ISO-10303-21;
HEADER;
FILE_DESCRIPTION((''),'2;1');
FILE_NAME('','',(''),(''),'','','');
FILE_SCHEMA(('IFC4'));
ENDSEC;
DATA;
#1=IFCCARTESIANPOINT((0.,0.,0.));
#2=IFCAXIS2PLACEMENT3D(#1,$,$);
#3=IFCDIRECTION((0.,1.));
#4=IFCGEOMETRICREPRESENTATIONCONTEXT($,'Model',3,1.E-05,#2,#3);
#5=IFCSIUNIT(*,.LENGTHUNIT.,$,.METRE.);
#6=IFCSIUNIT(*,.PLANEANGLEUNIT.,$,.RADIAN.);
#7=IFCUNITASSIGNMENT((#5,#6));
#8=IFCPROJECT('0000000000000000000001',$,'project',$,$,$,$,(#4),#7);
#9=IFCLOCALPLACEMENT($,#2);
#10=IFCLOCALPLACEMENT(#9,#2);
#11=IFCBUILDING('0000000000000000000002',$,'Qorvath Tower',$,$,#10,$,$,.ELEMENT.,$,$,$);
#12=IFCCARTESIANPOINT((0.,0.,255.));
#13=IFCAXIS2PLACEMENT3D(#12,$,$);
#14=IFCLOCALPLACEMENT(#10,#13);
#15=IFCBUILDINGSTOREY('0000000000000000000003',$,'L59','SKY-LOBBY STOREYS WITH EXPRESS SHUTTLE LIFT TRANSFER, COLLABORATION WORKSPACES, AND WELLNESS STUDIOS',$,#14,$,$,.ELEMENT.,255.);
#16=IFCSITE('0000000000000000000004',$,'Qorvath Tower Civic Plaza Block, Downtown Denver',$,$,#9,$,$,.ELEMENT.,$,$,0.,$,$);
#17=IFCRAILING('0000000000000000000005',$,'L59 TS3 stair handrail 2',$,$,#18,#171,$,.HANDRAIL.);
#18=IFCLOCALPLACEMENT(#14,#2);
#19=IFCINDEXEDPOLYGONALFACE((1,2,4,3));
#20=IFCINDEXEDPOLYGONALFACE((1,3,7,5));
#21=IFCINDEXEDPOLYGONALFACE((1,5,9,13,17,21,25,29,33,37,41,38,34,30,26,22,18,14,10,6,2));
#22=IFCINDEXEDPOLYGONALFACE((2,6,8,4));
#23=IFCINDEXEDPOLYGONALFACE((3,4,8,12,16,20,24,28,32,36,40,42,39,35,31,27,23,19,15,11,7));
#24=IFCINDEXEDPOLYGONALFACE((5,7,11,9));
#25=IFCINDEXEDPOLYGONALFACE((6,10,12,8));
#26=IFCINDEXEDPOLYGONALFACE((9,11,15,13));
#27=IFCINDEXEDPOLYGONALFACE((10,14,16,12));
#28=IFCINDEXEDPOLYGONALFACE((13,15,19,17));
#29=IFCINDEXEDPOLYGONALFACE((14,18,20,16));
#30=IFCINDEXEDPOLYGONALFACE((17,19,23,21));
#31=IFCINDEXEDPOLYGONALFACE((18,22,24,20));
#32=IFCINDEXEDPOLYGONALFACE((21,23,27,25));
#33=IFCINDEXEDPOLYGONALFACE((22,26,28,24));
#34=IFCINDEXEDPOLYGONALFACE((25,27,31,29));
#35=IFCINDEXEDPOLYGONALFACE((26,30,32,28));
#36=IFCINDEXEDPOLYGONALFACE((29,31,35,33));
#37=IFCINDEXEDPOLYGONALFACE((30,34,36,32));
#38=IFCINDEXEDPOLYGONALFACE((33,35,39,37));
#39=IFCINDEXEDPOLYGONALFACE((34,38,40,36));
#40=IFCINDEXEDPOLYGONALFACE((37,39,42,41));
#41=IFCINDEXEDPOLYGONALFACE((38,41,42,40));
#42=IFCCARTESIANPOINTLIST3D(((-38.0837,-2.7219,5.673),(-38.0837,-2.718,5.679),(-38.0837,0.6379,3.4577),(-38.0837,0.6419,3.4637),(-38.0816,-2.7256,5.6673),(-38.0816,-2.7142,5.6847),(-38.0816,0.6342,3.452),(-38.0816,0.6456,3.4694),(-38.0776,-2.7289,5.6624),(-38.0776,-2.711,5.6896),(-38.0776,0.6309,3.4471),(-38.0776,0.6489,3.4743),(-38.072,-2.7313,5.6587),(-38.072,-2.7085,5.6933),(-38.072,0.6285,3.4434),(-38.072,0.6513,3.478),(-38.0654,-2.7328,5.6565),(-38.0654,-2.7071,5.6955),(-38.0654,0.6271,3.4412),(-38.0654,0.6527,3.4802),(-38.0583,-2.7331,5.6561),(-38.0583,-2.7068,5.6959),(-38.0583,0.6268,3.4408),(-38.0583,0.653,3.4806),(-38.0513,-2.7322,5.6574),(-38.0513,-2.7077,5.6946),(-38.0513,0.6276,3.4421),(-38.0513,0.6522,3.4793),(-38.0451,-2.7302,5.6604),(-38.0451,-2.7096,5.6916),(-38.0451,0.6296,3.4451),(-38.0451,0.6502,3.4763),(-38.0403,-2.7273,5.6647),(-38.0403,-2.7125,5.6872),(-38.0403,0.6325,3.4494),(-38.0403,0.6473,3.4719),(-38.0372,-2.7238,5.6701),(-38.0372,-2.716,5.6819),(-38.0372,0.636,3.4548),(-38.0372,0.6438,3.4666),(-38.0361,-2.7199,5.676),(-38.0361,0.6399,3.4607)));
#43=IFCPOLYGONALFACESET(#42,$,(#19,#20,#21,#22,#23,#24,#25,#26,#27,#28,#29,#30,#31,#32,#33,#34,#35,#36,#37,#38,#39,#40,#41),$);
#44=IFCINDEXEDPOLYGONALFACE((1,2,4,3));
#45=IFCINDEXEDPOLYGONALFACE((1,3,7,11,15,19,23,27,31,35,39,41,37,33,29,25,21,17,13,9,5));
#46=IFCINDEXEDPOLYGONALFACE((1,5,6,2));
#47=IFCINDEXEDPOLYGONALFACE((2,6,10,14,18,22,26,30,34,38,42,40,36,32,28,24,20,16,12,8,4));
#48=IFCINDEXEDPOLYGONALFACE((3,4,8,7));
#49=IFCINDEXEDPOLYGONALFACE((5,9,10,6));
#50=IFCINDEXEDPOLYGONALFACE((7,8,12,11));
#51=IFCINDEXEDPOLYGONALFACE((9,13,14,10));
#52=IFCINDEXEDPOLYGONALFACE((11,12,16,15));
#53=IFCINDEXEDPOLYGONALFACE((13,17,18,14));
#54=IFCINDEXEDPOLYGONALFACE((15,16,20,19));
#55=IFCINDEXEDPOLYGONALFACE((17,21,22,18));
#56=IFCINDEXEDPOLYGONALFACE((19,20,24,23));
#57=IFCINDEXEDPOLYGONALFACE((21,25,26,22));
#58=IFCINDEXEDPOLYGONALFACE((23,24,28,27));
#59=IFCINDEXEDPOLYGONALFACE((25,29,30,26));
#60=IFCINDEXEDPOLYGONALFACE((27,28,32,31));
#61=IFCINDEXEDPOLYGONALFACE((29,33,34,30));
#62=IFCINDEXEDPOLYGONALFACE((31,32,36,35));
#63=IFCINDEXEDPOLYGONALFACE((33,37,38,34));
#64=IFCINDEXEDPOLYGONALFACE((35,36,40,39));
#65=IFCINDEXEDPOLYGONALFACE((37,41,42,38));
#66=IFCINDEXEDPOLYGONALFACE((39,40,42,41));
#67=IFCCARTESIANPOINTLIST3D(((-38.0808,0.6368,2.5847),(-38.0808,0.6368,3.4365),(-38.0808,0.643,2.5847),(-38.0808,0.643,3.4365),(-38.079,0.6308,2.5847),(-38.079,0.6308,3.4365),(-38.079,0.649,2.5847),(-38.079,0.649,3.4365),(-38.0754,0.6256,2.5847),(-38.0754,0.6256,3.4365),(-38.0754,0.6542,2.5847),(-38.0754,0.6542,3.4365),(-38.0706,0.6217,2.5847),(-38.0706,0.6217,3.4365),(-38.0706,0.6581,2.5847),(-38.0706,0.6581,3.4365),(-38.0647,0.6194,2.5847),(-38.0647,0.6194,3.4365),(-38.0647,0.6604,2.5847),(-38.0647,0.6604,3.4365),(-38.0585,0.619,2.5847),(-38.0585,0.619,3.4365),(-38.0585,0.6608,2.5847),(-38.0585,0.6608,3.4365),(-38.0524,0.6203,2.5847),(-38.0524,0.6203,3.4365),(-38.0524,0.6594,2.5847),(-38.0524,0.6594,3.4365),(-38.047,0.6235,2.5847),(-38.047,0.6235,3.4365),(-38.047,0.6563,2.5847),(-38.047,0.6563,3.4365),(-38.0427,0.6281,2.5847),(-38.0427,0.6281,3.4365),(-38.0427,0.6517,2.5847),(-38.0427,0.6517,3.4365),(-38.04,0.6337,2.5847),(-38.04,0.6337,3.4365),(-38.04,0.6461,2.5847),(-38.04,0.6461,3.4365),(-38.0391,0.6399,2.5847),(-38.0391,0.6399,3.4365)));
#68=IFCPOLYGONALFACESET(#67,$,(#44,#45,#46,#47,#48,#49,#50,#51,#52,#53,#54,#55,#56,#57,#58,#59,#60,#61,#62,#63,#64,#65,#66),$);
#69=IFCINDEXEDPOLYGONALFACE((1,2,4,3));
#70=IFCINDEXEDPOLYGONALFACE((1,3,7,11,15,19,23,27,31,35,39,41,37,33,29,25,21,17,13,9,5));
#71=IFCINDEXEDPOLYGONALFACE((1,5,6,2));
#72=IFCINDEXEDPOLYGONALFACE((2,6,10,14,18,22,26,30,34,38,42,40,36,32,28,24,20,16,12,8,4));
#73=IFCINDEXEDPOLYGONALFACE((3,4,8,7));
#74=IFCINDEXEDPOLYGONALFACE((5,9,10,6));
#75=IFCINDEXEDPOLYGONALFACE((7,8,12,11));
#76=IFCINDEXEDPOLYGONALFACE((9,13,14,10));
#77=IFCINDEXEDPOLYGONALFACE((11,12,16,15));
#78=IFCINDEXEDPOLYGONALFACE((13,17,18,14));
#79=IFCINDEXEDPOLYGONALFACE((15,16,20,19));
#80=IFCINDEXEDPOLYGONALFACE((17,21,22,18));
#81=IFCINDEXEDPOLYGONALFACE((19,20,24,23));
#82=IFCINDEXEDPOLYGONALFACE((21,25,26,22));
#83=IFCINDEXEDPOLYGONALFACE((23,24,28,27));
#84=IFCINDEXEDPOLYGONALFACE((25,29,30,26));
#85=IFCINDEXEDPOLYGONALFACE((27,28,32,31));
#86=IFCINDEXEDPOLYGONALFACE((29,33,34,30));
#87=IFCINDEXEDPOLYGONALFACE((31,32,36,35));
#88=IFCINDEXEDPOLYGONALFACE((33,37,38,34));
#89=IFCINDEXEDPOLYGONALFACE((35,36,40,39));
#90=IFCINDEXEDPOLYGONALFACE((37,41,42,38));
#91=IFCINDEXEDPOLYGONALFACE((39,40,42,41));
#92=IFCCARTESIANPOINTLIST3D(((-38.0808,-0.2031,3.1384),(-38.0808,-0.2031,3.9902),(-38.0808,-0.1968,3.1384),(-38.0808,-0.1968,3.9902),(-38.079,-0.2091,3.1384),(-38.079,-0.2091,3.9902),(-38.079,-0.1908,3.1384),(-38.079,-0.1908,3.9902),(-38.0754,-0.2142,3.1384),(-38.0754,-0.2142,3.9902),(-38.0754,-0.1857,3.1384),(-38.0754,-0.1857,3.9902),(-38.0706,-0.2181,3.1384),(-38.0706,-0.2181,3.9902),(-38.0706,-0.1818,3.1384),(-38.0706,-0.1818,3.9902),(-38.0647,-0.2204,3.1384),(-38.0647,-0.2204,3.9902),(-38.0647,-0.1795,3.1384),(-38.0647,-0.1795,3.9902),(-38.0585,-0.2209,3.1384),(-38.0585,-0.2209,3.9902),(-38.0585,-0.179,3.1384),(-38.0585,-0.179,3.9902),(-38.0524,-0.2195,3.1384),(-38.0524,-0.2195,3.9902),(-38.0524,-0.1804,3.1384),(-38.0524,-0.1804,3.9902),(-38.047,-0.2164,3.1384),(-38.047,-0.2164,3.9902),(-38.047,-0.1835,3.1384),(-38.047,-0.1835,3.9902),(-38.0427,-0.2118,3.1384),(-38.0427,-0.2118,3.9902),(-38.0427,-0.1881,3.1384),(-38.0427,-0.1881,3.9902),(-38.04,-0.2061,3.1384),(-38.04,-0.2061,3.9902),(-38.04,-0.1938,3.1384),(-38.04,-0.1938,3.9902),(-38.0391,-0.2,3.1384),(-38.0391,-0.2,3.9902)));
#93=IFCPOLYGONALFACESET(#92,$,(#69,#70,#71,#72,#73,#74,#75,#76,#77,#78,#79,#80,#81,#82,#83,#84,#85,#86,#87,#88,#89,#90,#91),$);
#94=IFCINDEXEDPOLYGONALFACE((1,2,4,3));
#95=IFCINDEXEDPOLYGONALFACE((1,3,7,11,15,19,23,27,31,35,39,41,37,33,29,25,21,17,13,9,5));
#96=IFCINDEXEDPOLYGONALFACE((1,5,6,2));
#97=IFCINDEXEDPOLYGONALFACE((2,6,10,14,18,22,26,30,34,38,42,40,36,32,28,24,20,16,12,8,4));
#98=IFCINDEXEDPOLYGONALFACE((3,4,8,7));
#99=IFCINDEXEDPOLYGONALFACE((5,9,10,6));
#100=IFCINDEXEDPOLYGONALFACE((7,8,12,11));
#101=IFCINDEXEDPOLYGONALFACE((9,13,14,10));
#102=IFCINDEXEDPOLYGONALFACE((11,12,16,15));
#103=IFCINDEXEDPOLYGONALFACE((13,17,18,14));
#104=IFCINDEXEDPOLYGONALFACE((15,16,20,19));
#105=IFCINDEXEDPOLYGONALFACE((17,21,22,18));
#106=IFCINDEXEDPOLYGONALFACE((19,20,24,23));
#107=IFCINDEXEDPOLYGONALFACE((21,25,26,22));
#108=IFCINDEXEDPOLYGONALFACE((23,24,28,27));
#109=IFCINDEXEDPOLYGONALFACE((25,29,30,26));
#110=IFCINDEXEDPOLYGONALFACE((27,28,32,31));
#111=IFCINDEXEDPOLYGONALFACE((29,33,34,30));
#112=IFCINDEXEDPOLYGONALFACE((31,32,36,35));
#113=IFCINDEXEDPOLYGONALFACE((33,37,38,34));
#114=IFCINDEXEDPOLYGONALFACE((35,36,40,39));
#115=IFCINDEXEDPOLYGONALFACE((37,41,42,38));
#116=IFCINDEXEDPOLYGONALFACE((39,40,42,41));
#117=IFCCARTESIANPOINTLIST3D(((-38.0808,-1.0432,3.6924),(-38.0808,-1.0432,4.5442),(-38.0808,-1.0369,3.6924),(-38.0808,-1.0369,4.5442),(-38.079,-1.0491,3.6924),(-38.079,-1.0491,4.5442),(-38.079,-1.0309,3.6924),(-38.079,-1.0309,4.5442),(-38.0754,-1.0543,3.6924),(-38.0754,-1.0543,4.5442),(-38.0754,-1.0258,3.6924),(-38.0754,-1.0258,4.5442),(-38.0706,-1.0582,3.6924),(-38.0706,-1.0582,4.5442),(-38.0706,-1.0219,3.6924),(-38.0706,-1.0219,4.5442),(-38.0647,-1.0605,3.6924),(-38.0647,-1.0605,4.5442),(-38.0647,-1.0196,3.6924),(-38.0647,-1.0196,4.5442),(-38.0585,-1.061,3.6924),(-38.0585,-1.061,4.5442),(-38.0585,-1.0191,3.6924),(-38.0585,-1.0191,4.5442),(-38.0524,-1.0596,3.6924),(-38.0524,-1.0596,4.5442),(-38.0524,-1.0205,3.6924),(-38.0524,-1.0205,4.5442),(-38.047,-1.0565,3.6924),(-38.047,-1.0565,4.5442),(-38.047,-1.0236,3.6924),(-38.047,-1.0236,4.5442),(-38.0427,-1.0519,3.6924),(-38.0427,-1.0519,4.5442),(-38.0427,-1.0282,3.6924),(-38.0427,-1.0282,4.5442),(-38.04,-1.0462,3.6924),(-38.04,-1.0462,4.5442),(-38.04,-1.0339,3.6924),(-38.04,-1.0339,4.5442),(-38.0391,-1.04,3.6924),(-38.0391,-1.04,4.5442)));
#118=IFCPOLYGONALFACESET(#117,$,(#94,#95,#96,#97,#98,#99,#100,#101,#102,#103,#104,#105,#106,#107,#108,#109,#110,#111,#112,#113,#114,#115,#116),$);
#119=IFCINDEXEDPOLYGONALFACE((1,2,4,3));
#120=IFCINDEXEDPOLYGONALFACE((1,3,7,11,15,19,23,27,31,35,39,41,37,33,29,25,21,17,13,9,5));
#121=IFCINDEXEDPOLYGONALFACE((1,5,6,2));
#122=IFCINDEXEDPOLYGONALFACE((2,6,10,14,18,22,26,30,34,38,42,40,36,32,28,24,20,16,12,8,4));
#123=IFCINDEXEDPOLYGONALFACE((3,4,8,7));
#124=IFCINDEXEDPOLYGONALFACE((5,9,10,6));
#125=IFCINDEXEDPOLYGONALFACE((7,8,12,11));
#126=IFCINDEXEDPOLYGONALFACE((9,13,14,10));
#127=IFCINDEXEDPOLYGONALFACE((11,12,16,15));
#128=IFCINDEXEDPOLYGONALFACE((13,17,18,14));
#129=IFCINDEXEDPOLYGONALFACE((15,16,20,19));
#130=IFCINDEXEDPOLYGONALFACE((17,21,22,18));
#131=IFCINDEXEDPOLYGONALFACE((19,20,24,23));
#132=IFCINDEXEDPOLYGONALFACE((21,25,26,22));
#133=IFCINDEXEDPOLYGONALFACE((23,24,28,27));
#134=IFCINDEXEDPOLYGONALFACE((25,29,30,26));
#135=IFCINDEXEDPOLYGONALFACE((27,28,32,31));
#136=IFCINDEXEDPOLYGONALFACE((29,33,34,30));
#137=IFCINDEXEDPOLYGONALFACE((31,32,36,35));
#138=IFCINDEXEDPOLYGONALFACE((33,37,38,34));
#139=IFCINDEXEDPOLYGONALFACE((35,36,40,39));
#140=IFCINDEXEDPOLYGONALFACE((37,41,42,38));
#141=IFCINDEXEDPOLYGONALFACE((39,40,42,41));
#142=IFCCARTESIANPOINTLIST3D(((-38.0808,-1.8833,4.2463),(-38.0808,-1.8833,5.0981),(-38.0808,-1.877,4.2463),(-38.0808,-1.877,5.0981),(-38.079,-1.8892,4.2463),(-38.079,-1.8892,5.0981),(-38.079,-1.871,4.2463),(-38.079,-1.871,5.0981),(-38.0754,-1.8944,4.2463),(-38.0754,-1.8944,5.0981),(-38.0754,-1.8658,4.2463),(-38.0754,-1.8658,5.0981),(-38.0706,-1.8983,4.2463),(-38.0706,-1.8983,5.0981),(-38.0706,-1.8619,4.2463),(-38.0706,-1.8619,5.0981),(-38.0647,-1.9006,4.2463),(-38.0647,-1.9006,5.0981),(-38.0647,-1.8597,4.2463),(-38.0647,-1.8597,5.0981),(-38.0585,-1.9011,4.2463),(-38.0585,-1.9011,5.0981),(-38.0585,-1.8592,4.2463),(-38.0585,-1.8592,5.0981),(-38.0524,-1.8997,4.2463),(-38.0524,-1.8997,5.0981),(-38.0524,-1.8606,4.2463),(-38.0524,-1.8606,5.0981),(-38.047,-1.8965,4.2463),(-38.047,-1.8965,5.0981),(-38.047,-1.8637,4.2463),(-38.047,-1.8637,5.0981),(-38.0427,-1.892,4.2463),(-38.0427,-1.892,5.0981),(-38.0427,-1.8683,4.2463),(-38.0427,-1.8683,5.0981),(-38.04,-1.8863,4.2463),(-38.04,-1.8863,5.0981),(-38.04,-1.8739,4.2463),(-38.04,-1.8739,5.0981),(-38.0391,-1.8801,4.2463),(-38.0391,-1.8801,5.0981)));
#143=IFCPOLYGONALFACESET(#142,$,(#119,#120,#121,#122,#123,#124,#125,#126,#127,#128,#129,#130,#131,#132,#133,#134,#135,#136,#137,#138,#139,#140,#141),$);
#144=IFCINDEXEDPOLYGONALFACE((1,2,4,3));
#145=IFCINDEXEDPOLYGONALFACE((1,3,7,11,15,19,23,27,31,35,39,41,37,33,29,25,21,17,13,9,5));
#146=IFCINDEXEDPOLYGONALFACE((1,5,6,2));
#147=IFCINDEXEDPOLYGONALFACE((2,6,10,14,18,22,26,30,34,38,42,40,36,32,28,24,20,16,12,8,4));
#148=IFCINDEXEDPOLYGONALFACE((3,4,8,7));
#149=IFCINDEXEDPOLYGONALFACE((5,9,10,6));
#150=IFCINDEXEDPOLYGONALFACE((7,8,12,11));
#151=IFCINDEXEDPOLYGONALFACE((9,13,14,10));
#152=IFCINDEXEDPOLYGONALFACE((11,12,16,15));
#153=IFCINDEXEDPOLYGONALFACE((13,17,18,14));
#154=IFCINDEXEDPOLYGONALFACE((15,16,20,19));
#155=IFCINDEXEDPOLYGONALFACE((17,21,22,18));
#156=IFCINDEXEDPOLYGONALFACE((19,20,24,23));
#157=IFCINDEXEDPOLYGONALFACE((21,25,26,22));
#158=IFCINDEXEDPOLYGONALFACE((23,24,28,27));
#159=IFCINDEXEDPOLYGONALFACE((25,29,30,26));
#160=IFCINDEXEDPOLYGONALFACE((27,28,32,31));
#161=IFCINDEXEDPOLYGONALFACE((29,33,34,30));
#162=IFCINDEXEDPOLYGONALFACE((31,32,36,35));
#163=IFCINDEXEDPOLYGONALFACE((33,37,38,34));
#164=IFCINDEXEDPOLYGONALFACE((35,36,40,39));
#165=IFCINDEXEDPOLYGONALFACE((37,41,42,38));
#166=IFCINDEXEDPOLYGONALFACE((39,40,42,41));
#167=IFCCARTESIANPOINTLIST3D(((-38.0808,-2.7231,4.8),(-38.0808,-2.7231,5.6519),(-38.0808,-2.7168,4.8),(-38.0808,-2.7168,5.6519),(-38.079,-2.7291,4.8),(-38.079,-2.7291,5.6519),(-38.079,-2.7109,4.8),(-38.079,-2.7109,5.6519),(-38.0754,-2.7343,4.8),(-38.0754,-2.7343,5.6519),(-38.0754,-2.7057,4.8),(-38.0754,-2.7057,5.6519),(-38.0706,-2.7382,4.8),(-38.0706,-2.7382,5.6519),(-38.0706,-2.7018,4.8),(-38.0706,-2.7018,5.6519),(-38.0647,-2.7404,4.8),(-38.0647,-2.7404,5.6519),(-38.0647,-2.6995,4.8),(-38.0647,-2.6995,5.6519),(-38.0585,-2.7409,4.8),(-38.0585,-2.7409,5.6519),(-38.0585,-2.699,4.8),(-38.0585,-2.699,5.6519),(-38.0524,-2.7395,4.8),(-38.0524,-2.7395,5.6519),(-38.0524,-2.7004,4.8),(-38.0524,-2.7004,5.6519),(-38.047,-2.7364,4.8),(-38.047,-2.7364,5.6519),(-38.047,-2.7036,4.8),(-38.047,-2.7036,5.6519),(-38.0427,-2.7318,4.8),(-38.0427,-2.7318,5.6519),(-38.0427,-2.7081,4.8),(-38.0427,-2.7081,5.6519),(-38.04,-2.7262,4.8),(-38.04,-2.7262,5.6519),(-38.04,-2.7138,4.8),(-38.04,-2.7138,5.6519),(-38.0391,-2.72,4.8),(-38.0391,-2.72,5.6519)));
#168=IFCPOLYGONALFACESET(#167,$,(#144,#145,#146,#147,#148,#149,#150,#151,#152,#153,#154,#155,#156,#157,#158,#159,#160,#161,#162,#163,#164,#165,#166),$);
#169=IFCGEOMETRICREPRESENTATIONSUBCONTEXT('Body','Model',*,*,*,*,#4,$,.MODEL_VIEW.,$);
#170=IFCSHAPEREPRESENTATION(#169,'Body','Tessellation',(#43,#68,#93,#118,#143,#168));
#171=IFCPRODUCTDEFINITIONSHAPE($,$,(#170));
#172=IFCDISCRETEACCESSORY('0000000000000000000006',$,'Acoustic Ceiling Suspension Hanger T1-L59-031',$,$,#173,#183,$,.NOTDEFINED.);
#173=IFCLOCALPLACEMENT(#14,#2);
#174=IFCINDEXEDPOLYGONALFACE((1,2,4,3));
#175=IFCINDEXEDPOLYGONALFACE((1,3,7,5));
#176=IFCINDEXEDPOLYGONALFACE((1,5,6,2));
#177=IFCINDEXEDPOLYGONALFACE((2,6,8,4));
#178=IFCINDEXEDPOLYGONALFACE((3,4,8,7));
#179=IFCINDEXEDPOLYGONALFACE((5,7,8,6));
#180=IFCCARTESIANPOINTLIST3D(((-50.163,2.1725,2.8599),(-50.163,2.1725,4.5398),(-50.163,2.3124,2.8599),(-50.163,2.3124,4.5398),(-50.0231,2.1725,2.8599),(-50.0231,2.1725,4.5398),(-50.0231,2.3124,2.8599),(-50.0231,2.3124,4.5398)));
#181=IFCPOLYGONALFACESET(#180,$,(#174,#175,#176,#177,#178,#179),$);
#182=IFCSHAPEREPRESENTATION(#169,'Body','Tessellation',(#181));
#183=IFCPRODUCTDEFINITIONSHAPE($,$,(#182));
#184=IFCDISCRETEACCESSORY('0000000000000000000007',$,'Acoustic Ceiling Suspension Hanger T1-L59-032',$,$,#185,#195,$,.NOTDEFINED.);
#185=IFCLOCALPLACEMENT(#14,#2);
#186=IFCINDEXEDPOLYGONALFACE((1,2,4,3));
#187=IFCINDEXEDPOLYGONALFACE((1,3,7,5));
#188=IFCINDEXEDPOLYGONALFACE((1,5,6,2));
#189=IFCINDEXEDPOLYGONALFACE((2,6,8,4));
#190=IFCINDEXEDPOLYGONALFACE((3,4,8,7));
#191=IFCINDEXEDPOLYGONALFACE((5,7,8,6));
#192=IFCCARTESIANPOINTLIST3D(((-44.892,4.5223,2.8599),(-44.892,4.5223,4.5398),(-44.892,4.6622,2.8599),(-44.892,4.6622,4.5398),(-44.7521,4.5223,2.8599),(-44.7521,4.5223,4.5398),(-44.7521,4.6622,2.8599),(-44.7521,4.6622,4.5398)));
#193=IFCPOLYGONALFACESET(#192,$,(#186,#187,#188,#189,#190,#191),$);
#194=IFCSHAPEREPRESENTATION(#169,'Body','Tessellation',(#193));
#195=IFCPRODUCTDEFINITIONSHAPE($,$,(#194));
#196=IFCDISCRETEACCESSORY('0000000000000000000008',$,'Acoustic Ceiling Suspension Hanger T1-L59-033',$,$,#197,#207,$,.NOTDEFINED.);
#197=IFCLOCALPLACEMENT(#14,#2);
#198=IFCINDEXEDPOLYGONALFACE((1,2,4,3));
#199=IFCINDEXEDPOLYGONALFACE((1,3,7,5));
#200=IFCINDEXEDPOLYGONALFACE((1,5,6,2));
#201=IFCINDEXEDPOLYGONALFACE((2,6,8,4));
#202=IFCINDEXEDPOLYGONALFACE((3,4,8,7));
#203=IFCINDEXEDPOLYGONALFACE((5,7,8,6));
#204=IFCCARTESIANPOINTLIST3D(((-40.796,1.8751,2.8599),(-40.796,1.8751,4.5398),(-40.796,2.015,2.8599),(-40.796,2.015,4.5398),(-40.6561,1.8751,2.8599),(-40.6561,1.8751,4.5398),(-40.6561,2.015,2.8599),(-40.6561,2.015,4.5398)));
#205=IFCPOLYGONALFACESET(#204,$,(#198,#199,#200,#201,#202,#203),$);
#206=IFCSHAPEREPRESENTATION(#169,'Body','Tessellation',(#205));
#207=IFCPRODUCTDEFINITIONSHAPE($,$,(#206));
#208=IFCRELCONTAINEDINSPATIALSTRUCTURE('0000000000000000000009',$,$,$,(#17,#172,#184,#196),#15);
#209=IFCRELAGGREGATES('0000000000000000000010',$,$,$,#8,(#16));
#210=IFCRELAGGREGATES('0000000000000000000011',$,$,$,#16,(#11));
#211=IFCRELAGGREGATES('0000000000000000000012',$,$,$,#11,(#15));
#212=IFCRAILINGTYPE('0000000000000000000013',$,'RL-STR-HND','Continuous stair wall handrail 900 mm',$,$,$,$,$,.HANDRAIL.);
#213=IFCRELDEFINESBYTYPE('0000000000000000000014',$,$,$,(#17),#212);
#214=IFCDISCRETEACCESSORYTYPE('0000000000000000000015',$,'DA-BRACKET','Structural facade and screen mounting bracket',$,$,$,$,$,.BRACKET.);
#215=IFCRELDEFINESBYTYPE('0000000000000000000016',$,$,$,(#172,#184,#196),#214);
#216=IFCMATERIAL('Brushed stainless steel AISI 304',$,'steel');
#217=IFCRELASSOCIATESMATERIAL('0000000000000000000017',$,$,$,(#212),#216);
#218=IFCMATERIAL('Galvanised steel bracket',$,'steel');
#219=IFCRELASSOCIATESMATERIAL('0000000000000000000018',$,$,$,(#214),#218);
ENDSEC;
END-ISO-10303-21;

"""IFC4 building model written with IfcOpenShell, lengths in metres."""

from ifc_helpers import new_model, si_unit, direction, frame, origin, origin_2d, place, context, subcontext, project, spatial, rectangle, circle, extrude, material, type_object, element, save


model = new_model("IFC4")

# Units and contexts
model_context = context("Model", 3, precision=1e-05, world=origin(), true_north=direction((0.0, 1.0)))
body_context = subcontext(model_context, "Body", "Model", "MODEL_VIEW")
ifc_project = project(units=[si_unit("LENGTHUNIT", "METRE"), si_unit("PLANEANGLEUNIT", "RADIAN")], contexts=[model_context])

# Site, building, storey
site_placement = place(None, origin())
site = spatial("IfcSite", under=ifc_project, at=site_placement, Name="Qorvath Tower Civic Plaza Block, Downtown Denver", CompositionType="ELEMENT", RefElevation=0.0)
building_placement = place(site_placement, origin())
building = spatial("IfcBuilding", under=site, at=building_placement, Name="Qorvath Tower", CompositionType="ELEMENT")
storey_placement = place(building_placement, frame((0.0, 0.0, 255.0)))
storey = spatial("IfcBuildingStorey", under=building, at=storey_placement, Name="L59", Description="SKY-LOBBY STOREYS WITH EXPRESS SHUTTLE LIFT TRANSFER, COLLABORATION WORKSPACES, AND WELLNESS STUDIOS", CompositionType="ELEMENT", Elevation=255.0)

# Railing
ifc_material_1 = material(Name="Brushed stainless steel AISI 304", Category="steel")
railing_type = type_object("IfcRailingType", Name="RL-STR-HND", Description="Continuous stair wall handrail 900 mm", PredefinedType="HANDRAIL", material=ifc_material_1)
railing_placement = place(storey_placement, frame((-38.0601, 0.6399, 2.5847)))
element("IfcRailing", 1, at=railing_placement, inside=storey, type_object=railing_type, Name="L59 TS3 stair handrail 2", PredefinedType="HANDRAIL", context=body_context, shape_type="SweptSolid", body=[
    extrude(circle(Radius=0.0239, at=origin_2d()), frame((0.0, 0.0, 0.876), z_axis=(0.0, -0.834858, 0.550465), x_axis=(1.0, 0.0, 0.0)), (0.0, 0.0, 1.0), 4.0244),
    extrude(circle(Radius=0.021, at=origin_2d()), origin(), (0.0, 0.0, 1.0), 0.8518),
    extrude(circle(Radius=0.021, at=origin_2d()), frame((0.0, -0.8398, 0.5537)), (0.0, 0.0, 1.0), 0.8518),
    extrude(circle(Radius=0.021, at=origin_2d()), frame((0.0, -1.6799, 1.1077)), (0.0, 0.0, 1.0), 0.8518),
    extrude(circle(Radius=0.021, at=origin_2d()), frame((0.0, -2.52, 1.6616)), (0.0, 0.0, 1.0), 0.8518),
    extrude(circle(Radius=0.021, at=origin_2d()), frame((0.0, -3.3599, 2.2153)), (0.0, 0.0, 1.0), 0.8518),
])

# Discrete accessories
ifc_material_2 = material(Name="Galvanised steel bracket", Category="steel")
discrete_accessory_type = type_object("IfcDiscreteAccessoryType", Name="DA-BRACKET", Description="Structural facade and screen mounting bracket", PredefinedType="BRACKET", material=ifc_material_2)
for number, where, z_axis, x_axis, name in (
    (2, (-50.093, 2.2424, 2.8599), (0.0, 0.0, 1.0), (1.0, 0.0, 0.0), "Acoustic Ceiling Suspension Hanger T1-L59-031"),
    (3, (-44.822, 4.5923, 2.8599), (0.0, 0.0, 1.0), (1.0, 0.0, 0.0), "Acoustic Ceiling Suspension Hanger T1-L59-032"),
    (4, (-40.7261, 1.9451, 2.8599), (0.0, 0.0, 1.0), (1.0, 0.0, 0.0), "Acoustic Ceiling Suspension Hanger T1-L59-033"),
):
    element("IfcDiscreteAccessory", number, at=place(storey_placement, frame(where, z_axis=z_axis, x_axis=x_axis)), inside=storey, type_object=discrete_accessory_type, Name=name, PredefinedType="NOTDEFINED", context=body_context, shape_type="SweptSolid", body=[
        extrude(rectangle(XDim=0.1399, YDim=0.1399, at=origin_2d()), origin(), (0.0, 0.0, 1.0), 1.6799),
    ])

save(model, "model.ifc")
